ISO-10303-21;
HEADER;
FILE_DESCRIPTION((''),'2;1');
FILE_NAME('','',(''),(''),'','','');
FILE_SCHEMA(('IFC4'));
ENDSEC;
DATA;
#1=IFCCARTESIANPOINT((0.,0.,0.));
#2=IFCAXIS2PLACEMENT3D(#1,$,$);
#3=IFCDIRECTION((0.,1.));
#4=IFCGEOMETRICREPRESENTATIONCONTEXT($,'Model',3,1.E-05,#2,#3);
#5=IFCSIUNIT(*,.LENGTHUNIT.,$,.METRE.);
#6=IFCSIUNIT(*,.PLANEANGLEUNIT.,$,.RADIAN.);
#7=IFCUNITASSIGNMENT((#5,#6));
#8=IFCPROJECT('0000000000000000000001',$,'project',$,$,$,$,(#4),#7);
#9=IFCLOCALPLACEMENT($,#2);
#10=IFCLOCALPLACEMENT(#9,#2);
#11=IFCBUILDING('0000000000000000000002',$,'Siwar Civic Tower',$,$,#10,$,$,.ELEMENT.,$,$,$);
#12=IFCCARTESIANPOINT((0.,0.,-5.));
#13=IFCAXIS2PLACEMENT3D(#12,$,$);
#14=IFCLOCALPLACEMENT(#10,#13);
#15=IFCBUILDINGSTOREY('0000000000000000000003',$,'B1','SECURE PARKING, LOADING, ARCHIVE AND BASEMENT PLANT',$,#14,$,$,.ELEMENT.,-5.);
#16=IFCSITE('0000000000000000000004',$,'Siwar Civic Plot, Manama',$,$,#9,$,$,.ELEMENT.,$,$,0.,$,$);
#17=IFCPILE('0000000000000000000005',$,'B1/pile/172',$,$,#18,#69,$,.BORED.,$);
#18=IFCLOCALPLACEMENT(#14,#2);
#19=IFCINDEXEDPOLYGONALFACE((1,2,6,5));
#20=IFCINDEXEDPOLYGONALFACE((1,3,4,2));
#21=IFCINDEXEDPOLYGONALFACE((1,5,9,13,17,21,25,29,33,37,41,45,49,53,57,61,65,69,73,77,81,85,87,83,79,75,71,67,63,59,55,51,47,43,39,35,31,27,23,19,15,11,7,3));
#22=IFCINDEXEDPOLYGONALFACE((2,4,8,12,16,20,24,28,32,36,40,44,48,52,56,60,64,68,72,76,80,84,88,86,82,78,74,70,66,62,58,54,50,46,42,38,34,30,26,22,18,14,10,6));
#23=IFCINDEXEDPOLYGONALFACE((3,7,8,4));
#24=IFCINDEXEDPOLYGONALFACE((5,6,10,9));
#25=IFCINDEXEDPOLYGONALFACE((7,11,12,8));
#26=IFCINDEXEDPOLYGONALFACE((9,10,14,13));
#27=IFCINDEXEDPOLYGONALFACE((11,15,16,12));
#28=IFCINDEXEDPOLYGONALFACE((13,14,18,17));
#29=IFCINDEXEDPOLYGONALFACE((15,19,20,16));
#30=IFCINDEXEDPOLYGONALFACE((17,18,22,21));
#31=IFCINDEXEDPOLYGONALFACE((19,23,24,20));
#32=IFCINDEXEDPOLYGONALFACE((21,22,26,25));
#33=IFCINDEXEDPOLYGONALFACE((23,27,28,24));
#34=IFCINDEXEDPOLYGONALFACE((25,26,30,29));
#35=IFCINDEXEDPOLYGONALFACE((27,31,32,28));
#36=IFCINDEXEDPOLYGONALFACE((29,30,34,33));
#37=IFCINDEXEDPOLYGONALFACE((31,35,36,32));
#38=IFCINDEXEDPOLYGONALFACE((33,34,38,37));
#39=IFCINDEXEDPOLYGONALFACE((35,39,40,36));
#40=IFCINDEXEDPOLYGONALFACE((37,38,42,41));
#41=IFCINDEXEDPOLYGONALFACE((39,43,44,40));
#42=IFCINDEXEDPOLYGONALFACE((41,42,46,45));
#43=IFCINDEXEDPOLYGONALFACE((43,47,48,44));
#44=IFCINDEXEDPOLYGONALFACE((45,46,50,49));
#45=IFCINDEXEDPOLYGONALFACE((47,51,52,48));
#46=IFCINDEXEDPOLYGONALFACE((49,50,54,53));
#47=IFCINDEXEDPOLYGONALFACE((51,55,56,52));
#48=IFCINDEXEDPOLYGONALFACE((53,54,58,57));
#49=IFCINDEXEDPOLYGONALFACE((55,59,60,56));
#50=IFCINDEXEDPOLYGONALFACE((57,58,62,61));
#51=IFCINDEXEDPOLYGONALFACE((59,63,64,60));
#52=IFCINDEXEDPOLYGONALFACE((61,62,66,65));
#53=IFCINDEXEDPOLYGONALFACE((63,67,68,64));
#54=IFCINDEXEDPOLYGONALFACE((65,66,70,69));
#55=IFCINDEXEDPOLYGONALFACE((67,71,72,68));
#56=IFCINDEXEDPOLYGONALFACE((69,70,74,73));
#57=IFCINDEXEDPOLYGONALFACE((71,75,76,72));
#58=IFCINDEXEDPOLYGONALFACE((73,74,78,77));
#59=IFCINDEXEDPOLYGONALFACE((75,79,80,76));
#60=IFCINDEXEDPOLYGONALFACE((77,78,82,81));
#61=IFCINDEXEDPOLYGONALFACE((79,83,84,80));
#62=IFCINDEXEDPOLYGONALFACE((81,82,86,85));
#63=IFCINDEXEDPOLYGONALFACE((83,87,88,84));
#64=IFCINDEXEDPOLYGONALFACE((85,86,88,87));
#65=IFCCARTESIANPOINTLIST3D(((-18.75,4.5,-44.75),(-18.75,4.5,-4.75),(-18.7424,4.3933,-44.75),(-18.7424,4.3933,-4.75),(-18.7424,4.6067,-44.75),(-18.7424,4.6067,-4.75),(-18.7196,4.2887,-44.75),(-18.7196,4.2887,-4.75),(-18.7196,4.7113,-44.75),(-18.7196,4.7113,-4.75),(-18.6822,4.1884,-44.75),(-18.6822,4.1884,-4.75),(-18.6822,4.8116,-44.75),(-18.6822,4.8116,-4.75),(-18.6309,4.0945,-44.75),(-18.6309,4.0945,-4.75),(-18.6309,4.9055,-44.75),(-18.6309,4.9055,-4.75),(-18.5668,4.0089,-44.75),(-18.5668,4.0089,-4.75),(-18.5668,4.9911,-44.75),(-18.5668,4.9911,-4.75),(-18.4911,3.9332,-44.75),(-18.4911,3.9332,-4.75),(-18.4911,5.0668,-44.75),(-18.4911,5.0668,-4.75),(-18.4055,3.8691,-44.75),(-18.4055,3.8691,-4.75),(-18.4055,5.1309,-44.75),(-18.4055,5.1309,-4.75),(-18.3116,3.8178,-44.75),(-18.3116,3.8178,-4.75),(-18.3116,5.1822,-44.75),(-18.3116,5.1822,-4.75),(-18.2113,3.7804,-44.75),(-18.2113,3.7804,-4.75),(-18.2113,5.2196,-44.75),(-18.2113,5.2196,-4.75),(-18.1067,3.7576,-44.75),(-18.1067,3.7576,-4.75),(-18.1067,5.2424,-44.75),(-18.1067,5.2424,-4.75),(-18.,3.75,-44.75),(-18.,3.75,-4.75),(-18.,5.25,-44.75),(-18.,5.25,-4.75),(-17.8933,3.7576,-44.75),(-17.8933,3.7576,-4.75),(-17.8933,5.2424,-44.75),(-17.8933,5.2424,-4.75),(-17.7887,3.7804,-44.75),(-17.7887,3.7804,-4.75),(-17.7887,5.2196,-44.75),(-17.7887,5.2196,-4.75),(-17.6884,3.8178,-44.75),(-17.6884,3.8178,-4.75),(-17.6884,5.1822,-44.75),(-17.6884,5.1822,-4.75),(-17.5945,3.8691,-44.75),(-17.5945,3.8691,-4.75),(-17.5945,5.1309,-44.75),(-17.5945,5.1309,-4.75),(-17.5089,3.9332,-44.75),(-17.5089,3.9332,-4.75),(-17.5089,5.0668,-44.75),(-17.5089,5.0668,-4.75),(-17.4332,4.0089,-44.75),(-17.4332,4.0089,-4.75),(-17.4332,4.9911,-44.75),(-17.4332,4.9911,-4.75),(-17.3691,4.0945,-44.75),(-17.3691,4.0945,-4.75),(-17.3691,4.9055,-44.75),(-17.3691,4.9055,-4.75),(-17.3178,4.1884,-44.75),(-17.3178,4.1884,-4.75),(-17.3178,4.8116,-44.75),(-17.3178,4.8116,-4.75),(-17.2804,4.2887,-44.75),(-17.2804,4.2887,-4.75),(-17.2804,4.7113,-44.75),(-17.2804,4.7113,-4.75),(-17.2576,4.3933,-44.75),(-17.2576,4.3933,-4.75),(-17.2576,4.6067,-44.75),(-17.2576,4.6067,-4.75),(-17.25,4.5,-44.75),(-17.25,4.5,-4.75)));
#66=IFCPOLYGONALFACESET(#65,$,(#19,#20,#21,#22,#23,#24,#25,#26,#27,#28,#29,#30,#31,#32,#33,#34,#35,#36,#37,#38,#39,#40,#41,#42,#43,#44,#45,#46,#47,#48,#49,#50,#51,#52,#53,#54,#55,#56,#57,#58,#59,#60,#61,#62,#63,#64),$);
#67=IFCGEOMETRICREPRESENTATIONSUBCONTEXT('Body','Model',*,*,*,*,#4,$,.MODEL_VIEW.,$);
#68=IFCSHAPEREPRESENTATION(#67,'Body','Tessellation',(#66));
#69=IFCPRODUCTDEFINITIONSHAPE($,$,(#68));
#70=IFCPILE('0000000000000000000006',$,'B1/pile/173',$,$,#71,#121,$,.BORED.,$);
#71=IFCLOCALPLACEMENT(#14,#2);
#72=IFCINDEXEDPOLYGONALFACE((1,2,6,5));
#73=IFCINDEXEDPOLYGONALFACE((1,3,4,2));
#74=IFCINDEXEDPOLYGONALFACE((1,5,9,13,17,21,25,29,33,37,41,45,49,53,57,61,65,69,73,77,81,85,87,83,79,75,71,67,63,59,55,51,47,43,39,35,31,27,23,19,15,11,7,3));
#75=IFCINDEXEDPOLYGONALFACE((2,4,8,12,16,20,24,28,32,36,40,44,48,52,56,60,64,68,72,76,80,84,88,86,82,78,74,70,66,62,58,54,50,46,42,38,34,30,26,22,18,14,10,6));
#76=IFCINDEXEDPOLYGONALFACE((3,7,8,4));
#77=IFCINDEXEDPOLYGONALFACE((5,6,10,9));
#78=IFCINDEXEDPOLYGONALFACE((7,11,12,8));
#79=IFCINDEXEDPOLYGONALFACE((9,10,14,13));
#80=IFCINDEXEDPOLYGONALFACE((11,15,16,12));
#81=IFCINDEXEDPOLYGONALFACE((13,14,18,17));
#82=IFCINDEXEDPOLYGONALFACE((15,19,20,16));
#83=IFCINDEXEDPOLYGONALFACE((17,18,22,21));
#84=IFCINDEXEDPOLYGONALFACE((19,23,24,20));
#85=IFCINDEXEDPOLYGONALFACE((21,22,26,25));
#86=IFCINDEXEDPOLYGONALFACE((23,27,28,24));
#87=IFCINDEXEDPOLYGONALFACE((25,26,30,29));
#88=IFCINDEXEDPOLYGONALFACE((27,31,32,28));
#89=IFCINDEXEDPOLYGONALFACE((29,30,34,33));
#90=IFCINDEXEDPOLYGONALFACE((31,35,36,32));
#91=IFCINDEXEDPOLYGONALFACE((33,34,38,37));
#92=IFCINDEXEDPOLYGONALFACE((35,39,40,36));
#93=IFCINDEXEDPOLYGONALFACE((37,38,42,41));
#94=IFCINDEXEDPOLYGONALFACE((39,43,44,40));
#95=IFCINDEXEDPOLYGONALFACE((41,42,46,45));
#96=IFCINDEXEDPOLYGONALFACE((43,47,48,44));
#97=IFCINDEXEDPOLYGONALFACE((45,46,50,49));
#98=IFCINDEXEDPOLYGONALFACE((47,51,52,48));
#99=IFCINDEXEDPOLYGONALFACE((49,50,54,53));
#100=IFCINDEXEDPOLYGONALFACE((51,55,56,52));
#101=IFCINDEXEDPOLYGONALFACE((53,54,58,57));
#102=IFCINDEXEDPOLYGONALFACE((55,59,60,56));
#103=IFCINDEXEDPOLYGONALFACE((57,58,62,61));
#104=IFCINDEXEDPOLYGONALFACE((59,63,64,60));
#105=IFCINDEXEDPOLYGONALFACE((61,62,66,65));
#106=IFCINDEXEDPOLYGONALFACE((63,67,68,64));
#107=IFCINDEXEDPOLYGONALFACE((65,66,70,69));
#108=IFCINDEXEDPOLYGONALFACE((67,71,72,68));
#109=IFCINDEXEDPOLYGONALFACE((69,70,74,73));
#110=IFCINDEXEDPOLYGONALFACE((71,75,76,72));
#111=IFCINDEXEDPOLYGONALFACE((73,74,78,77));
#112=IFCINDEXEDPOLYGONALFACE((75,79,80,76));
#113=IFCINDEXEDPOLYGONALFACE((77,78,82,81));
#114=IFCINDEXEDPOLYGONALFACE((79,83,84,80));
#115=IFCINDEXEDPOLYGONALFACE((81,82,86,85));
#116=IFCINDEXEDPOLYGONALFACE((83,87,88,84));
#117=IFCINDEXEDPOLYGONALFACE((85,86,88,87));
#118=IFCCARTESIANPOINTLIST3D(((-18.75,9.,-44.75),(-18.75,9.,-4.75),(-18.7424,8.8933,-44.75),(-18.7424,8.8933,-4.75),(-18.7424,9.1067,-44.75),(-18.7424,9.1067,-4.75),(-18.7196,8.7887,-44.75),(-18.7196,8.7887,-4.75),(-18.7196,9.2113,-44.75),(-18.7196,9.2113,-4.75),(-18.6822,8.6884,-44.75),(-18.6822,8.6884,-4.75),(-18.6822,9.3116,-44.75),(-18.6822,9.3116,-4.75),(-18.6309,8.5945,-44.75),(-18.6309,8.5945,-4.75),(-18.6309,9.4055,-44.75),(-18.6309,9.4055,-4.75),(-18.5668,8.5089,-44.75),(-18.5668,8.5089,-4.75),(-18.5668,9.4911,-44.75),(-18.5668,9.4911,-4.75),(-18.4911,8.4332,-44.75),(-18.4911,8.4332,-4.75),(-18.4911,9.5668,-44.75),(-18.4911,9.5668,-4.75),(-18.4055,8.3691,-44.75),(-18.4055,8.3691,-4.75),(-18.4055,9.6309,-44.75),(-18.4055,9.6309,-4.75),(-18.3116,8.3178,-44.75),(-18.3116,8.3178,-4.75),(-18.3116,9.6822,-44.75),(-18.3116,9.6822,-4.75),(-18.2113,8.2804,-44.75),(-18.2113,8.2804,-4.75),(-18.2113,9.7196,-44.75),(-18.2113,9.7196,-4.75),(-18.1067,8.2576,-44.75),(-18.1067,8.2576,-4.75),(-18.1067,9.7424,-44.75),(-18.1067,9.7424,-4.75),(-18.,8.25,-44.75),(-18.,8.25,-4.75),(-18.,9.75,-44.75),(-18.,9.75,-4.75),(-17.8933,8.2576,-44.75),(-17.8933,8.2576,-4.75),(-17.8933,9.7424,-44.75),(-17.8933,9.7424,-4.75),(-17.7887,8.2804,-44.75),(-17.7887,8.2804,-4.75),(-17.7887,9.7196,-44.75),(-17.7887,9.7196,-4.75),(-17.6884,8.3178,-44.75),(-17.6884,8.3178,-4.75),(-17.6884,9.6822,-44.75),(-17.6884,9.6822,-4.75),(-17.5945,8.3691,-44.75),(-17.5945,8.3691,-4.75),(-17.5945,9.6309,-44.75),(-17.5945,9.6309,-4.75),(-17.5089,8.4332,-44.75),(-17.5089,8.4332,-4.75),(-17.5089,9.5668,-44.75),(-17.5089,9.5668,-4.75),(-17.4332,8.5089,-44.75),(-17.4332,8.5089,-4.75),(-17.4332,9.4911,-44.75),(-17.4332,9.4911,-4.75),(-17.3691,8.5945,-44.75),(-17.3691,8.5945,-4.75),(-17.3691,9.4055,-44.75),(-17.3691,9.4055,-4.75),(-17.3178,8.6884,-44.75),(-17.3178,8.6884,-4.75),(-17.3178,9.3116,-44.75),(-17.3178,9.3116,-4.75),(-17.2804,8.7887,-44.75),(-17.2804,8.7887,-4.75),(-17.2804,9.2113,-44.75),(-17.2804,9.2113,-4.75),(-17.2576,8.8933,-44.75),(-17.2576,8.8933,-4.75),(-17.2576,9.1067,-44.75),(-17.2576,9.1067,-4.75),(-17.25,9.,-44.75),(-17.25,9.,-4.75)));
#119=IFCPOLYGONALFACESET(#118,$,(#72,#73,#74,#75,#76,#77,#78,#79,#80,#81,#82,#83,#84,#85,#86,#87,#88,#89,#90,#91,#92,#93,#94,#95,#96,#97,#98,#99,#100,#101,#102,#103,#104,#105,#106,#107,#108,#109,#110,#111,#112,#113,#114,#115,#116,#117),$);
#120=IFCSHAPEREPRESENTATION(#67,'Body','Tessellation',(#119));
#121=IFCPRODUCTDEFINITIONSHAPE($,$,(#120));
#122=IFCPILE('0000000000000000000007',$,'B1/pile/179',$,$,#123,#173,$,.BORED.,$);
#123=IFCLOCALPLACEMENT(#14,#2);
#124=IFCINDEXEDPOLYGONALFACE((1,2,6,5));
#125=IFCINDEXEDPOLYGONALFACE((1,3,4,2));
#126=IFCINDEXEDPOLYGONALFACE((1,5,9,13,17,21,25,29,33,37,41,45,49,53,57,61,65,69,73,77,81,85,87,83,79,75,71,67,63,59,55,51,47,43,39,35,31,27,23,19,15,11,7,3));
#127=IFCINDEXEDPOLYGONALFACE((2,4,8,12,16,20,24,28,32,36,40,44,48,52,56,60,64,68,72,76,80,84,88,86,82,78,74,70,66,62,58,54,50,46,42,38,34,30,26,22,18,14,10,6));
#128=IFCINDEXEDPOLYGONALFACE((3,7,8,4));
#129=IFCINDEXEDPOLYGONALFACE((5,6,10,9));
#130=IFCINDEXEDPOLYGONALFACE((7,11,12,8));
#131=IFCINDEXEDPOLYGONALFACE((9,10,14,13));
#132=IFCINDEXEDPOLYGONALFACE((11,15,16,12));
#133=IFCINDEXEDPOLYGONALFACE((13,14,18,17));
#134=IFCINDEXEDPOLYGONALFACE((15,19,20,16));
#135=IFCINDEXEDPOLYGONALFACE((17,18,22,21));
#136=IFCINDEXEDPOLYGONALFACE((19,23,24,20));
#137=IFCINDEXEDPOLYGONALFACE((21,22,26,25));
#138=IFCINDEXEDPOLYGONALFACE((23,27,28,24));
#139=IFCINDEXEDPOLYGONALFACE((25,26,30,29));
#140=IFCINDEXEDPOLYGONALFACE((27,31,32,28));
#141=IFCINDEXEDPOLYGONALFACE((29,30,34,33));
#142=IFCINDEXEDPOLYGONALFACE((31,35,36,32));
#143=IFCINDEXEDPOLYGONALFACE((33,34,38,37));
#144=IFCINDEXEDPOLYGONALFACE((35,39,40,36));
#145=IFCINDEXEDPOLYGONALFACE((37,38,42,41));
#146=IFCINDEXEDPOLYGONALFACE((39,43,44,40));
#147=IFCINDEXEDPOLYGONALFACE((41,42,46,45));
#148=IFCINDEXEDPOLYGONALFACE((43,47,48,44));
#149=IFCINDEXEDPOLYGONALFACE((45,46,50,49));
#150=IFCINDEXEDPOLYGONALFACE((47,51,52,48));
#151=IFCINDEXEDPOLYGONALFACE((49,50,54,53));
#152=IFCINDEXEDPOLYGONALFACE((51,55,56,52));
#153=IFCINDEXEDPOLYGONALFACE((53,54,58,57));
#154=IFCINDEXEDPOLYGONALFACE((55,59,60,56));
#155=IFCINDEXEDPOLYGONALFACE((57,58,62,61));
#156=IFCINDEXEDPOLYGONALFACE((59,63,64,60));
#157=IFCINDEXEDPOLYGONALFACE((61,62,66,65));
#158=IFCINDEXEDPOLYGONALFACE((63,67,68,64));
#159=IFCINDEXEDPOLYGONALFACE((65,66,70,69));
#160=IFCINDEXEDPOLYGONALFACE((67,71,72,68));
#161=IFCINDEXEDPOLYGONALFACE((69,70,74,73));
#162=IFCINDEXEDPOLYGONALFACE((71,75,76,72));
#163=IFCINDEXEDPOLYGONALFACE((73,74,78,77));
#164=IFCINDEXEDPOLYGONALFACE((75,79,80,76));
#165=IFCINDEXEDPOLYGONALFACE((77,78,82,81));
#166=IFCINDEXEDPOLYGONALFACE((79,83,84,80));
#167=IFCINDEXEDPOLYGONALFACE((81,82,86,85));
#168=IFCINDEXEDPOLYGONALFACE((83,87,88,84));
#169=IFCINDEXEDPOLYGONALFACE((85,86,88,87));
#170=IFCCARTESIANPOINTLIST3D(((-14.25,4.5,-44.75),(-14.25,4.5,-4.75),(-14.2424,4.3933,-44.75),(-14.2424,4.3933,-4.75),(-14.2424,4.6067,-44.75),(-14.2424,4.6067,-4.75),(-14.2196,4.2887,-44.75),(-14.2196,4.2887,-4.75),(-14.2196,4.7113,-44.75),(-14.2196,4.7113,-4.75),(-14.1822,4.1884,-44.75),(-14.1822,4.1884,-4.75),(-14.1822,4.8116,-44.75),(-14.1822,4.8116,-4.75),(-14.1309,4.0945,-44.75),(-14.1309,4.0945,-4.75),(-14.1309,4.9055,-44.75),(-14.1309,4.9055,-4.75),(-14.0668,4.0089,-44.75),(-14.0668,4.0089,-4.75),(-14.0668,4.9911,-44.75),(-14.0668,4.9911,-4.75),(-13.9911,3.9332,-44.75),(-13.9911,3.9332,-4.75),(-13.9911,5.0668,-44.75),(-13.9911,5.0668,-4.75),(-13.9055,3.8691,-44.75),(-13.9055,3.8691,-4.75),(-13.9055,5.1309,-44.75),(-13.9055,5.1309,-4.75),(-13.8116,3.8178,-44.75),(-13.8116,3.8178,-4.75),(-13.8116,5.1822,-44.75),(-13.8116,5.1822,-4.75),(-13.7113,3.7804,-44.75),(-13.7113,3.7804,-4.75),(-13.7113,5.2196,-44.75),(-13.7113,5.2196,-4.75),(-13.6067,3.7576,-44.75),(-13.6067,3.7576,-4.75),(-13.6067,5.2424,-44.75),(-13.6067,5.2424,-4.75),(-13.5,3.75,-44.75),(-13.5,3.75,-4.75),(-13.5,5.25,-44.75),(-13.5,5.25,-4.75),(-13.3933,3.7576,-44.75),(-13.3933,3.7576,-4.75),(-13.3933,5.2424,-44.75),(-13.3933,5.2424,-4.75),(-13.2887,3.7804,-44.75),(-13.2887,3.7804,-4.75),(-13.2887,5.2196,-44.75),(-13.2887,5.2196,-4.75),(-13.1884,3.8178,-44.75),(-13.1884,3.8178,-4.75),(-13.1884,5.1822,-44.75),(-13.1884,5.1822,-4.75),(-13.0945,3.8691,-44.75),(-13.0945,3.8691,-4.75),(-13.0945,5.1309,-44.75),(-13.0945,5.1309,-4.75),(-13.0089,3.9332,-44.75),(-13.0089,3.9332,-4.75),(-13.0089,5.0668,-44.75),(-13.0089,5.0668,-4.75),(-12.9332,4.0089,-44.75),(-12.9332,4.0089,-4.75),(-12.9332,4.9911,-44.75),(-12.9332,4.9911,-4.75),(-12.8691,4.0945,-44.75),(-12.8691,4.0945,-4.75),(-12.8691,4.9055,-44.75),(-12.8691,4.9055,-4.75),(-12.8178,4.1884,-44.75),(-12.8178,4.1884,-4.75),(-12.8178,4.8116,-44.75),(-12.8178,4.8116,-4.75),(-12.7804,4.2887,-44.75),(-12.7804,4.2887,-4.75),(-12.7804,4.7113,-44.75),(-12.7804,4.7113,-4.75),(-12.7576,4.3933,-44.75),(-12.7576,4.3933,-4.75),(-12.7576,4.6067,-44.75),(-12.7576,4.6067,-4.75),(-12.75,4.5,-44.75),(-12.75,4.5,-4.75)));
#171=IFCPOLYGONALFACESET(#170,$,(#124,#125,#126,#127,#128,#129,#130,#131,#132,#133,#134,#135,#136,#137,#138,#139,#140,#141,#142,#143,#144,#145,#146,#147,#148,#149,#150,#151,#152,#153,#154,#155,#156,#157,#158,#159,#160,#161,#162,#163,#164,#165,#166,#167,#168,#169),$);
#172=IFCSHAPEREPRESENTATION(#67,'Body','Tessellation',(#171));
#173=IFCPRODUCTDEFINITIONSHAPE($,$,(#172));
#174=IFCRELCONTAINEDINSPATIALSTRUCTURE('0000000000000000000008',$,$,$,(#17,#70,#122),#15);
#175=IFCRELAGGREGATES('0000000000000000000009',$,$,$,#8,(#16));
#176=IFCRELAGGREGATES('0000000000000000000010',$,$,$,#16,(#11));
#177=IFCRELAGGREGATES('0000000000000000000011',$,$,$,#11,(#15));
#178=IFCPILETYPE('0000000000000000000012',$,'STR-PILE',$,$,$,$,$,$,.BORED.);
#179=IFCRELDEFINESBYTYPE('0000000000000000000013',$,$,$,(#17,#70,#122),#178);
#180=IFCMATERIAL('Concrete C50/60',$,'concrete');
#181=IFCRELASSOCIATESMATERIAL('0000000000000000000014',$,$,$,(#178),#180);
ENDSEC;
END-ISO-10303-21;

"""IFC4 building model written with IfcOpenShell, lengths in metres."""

from ifc_helpers import new_model, si_unit, direction, frame, origin, origin_2d, place, context, subcontext, project, spatial, circle, extrude, material, material_profile, profile_set, type_object, element, save


model = new_model("IFC4")

# Units and contexts
model_context = context("Model", 3, precision=1e-05, world=origin(), true_north=direction((0.0, 1.0)))
body_context = subcontext(model_context, "Body", "Model", "MODEL_VIEW")
ifc_project = project(units=[si_unit("LENGTHUNIT", "METRE"), si_unit("PLANEANGLEUNIT", "RADIAN")], contexts=[model_context])

# Site, building, storey
site_placement = place(None, origin())
site = spatial("IfcSite", under=ifc_project, at=site_placement, Name="Siwar Civic Plot, Manama", CompositionType="ELEMENT", RefElevation=0.0)
building_placement = place(site_placement, origin())
building = spatial("IfcBuilding", under=site, at=building_placement, Name="Siwar Civic Tower", CompositionType="ELEMENT")
storey_placement = place(building_placement, frame((0.0, 0.0, -5.0)))
storey = spatial("IfcBuildingStorey", under=building, at=storey_placement, Name="B1", Description="SECURE PARKING, LOADING, ARCHIVE AND BASEMENT PLANT", CompositionType="ELEMENT", Elevation=-5.0)

# Piles
ifc_material_1 = material(Name="Concrete C50/60", Category="concrete")
ifc_material_profile = material_profile(ifc_material_1, circle(Radius=0.75, at=origin_2d()), Name="PILE1500")
ifc_profile_set = profile_set([ifc_material_profile], Name="Concrete C50/60")
pile_type = type_object("IfcPileType", Name="STR-PILE", PredefinedType="BORED", material=ifc_profile_set)
for number, where, z_axis, x_axis, name in (
    (1, (-18.0, 4.5, -4.75), (0.0, 0.0, -1.0), (1.0, 0.0, 0.0), "B1/pile/172"),
    (2, (-18.0, 9.0, -4.75), (0.0, 0.0, -1.0), (1.0, 0.0, 0.0), "B1/pile/173"),
    (3, (-13.5, 4.5, -4.75), (0.0, 0.0, -1.0), (1.0, 0.0, 0.0), "B1/pile/179"),
):
    element("IfcPile", number, at=place(storey_placement, frame(where, z_axis=z_axis, x_axis=x_axis)), inside=storey, type_object=pile_type, Name=name, PredefinedType="BORED", context=body_context, shape_type="SweptSolid", body=[
        extrude(circle(Radius=0.75, at=origin_2d()), origin(), (0.0, 0.0, 1.0), 40.0),
    ])

save(model, "model.ifc")
